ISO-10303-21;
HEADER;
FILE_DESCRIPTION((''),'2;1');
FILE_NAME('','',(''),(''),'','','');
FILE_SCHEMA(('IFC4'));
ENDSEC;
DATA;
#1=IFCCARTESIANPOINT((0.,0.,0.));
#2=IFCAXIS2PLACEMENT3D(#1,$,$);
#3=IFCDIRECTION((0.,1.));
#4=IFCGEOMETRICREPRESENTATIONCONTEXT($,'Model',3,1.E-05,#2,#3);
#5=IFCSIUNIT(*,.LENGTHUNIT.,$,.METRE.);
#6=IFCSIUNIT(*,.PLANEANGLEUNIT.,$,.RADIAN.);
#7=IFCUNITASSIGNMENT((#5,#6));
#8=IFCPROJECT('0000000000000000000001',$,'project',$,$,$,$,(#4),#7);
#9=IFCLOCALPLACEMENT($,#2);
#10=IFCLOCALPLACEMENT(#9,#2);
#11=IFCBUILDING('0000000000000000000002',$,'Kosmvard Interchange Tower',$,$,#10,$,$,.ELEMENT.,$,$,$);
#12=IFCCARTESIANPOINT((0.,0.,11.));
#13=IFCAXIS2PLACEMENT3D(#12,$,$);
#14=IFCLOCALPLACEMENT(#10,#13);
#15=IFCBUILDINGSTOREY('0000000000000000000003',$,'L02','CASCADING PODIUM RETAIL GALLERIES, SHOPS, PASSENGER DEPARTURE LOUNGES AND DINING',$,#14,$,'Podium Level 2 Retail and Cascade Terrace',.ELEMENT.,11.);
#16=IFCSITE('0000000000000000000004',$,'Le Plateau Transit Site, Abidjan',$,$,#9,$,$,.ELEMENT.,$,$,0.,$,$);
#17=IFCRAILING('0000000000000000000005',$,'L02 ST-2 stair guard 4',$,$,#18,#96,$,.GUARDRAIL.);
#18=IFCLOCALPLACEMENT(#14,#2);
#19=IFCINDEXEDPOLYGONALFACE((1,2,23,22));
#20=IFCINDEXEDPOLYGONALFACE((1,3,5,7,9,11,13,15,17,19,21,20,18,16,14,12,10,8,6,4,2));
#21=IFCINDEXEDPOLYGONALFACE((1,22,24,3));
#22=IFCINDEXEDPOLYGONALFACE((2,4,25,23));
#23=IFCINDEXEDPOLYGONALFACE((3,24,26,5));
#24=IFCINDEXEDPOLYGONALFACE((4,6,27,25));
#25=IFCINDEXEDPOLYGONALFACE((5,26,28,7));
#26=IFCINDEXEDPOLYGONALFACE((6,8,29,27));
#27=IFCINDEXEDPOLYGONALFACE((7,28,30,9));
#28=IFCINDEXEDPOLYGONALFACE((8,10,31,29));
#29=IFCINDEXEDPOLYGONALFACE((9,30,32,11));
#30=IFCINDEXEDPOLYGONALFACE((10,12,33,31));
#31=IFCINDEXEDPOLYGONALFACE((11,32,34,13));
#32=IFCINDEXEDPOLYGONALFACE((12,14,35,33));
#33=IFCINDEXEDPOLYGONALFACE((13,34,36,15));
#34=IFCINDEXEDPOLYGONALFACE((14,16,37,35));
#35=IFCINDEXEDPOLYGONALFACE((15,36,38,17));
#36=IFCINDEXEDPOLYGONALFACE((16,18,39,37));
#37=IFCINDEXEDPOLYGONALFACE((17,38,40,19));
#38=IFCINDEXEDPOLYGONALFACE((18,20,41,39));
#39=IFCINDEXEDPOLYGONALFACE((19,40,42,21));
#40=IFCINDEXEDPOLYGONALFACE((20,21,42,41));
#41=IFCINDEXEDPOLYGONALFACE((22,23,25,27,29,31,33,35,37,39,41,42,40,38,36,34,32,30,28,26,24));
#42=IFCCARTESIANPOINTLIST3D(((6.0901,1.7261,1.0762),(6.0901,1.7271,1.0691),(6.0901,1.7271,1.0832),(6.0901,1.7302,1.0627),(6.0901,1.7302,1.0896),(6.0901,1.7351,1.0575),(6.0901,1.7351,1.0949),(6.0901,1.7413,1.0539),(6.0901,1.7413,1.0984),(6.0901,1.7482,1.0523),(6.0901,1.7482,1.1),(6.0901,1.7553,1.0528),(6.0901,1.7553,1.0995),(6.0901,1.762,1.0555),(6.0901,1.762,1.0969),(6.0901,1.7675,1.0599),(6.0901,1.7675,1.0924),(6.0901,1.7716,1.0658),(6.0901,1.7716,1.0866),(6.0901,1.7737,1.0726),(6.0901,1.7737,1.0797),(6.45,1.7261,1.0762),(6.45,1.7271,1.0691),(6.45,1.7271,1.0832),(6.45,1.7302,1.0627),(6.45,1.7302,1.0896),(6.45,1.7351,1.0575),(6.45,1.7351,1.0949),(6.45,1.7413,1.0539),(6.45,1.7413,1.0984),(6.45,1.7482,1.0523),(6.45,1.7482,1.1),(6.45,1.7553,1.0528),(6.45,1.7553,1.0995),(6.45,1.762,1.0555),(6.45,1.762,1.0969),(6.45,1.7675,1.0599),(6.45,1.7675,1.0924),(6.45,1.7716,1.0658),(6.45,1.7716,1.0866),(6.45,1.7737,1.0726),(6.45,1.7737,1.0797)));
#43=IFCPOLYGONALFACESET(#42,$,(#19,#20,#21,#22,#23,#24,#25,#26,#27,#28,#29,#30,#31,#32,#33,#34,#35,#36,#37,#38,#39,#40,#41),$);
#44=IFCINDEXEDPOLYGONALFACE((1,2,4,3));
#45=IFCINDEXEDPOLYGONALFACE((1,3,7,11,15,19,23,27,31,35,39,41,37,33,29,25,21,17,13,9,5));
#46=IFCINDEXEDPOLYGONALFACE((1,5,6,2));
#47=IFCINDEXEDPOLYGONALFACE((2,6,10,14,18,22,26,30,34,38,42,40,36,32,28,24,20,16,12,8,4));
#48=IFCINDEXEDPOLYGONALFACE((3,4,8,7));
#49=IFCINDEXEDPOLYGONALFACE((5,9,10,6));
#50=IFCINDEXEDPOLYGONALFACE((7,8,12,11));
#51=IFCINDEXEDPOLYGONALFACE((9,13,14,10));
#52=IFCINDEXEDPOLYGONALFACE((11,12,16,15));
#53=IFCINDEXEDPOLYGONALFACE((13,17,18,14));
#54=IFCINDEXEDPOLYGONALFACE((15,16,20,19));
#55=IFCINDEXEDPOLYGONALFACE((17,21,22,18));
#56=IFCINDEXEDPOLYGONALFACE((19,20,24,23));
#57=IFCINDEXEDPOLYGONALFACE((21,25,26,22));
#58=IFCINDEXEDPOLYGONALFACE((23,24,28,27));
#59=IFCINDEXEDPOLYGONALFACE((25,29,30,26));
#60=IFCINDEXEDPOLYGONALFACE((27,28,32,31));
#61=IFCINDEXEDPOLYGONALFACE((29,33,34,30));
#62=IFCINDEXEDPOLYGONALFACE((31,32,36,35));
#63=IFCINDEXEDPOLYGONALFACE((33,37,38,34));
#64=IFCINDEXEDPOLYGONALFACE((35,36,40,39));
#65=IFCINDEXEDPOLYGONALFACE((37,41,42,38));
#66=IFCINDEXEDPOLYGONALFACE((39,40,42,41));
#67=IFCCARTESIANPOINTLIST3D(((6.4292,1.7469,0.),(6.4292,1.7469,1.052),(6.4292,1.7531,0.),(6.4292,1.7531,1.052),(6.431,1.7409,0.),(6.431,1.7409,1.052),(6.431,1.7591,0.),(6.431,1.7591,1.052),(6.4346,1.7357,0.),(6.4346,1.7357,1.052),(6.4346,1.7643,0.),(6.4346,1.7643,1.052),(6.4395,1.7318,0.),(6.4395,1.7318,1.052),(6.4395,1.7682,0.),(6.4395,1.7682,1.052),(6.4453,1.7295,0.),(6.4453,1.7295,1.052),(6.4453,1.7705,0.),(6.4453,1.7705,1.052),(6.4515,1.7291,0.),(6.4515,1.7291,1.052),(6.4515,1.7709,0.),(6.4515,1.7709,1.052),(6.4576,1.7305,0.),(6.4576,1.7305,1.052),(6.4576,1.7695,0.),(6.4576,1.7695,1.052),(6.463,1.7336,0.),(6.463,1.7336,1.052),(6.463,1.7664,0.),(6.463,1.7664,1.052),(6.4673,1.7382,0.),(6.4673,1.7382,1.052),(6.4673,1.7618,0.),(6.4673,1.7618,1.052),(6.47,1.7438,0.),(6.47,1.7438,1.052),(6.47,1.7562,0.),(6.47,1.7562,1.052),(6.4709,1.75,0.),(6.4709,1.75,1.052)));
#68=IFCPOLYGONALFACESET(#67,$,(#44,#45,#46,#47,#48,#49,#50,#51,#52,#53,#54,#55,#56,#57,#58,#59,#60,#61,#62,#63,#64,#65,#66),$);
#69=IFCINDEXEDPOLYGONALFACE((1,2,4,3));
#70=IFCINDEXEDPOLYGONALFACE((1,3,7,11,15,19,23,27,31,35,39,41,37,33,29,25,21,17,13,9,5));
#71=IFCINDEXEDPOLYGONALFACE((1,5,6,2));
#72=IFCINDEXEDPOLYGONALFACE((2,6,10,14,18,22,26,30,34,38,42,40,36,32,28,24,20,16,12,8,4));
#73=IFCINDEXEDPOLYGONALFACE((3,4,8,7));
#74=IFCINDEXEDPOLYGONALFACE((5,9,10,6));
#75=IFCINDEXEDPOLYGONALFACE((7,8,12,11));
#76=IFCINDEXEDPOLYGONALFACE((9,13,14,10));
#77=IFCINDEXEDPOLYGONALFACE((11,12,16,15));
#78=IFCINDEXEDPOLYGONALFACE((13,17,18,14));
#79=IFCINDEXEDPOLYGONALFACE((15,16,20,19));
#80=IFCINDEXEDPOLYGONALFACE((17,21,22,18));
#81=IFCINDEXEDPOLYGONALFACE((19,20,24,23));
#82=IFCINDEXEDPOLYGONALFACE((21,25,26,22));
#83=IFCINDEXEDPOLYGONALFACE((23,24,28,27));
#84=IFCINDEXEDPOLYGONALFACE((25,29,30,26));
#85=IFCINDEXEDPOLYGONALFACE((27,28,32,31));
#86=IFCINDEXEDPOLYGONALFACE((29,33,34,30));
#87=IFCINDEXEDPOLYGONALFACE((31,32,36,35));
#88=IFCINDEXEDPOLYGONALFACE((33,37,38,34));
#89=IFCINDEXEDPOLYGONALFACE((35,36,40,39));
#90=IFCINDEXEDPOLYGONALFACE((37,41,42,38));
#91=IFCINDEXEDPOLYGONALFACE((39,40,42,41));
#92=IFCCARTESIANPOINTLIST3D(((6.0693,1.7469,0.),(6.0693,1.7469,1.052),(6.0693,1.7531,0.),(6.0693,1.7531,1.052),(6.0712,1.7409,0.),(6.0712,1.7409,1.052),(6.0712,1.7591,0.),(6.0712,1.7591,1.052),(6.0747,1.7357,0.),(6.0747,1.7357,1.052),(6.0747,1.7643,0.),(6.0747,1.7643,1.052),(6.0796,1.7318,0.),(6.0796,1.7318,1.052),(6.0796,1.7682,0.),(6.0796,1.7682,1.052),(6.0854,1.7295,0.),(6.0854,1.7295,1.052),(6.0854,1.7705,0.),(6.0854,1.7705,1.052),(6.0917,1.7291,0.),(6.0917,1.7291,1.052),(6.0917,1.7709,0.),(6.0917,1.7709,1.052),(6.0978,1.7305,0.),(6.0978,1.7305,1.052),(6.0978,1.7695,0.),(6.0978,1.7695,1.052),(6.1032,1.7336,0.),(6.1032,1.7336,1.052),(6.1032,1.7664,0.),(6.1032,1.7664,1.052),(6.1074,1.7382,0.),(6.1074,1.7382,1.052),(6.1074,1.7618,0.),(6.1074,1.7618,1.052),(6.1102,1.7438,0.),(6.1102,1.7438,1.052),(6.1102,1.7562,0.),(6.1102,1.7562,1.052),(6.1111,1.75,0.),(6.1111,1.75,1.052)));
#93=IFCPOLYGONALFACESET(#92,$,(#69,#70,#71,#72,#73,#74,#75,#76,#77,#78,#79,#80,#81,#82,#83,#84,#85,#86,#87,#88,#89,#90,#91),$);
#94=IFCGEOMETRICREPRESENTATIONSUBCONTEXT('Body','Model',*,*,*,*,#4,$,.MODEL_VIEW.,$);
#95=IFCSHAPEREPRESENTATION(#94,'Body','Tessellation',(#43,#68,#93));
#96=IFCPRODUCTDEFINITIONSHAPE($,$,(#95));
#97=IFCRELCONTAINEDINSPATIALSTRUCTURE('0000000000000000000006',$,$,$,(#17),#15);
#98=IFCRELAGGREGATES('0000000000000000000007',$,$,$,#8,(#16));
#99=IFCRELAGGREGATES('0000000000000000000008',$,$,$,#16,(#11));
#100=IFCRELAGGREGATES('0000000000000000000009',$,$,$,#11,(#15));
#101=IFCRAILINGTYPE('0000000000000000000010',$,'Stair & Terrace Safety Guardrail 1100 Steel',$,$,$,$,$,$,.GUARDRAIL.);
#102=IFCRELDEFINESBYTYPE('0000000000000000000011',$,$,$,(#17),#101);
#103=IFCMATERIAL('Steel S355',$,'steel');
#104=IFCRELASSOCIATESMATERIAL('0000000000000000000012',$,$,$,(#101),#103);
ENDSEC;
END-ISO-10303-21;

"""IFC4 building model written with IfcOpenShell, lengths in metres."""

from ifc_helpers import new_model, si_unit, direction, frame, origin, origin_2d, place, context, subcontext, project, spatial, circle, extrude, source, transform, mapped, material, type_object, element, save


model = new_model("IFC4")

# Units and contexts
model_context = context("Model", 3, precision=1e-05, world=origin(), true_north=direction((0.0, 1.0)))
body_context = subcontext(model_context, "Body", "Model", "MODEL_VIEW")
ifc_project = project(units=[si_unit("LENGTHUNIT", "METRE"), si_unit("PLANEANGLEUNIT", "RADIAN")], contexts=[model_context])

# Site, building, storey
site_placement = place(None, origin())
site = spatial("IfcSite", under=ifc_project, at=site_placement, Name="Le Plateau Transit Site, Abidjan", CompositionType="ELEMENT", RefElevation=0.0)
building_placement = place(site_placement, origin())
building = spatial("IfcBuilding", under=site, at=building_placement, Name="Kosmvard Interchange Tower", CompositionType="ELEMENT")
storey_placement = place(building_placement, frame((0.0, 0.0, 11.0)))
storey = spatial("IfcBuildingStorey", under=building, at=storey_placement, Name="L02", Description="CASCADING PODIUM RETAIL GALLERIES, SHOPS, PASSENGER DEPARTURE LOUNGES AND DINING", LongName="Podium Level 2 Retail and Cascade Terrace", CompositionType="ELEMENT", Elevation=11.0)

# Railing
ifc_material_1 = material(Name="Steel S355", Category="steel")
railing_type = type_object("IfcRailingType", Name="Stair & Terrace Safety Guardrail 1100 Steel", PredefinedType="GUARDRAIL", material=ifc_material_1)
shared_shape_1 = source(origin(), body_context, "Body", "SweptSolid", [
    extrude(circle(Radius=0.0239, at=origin_2d()), frame((0.0, 0.0, 1.0762), z_axis=(-1.0, 0.0, 0.0), x_axis=(0.0, -1.0, 0.0)), (0.0, 0.0, 1.0), 0.3599),
    extrude(circle(Radius=0.021, at=origin_2d()), origin(), (0.0, 0.0, 1.0), 1.052),
    extrude(circle(Radius=0.021, at=origin_2d()), frame((-0.3599, 0.0, 0.0)), (0.0, 0.0, 1.0), 1.052),
])
railing_1_placement = place(storey_placement, frame((6.45, 1.75, 0.0)))
element("IfcRailing", 1, at=railing_1_placement, inside=storey, type_object=railing_type, Name="L02 ST-2 stair guard 4", PredefinedType="GUARDRAIL", context=body_context, shape_type="MappedRepresentation", body=[
    mapped(shared_shape_1, transform((0.0, 0.0, 0.0), scale=1.0)),
])

save(model, "model.ifc")
